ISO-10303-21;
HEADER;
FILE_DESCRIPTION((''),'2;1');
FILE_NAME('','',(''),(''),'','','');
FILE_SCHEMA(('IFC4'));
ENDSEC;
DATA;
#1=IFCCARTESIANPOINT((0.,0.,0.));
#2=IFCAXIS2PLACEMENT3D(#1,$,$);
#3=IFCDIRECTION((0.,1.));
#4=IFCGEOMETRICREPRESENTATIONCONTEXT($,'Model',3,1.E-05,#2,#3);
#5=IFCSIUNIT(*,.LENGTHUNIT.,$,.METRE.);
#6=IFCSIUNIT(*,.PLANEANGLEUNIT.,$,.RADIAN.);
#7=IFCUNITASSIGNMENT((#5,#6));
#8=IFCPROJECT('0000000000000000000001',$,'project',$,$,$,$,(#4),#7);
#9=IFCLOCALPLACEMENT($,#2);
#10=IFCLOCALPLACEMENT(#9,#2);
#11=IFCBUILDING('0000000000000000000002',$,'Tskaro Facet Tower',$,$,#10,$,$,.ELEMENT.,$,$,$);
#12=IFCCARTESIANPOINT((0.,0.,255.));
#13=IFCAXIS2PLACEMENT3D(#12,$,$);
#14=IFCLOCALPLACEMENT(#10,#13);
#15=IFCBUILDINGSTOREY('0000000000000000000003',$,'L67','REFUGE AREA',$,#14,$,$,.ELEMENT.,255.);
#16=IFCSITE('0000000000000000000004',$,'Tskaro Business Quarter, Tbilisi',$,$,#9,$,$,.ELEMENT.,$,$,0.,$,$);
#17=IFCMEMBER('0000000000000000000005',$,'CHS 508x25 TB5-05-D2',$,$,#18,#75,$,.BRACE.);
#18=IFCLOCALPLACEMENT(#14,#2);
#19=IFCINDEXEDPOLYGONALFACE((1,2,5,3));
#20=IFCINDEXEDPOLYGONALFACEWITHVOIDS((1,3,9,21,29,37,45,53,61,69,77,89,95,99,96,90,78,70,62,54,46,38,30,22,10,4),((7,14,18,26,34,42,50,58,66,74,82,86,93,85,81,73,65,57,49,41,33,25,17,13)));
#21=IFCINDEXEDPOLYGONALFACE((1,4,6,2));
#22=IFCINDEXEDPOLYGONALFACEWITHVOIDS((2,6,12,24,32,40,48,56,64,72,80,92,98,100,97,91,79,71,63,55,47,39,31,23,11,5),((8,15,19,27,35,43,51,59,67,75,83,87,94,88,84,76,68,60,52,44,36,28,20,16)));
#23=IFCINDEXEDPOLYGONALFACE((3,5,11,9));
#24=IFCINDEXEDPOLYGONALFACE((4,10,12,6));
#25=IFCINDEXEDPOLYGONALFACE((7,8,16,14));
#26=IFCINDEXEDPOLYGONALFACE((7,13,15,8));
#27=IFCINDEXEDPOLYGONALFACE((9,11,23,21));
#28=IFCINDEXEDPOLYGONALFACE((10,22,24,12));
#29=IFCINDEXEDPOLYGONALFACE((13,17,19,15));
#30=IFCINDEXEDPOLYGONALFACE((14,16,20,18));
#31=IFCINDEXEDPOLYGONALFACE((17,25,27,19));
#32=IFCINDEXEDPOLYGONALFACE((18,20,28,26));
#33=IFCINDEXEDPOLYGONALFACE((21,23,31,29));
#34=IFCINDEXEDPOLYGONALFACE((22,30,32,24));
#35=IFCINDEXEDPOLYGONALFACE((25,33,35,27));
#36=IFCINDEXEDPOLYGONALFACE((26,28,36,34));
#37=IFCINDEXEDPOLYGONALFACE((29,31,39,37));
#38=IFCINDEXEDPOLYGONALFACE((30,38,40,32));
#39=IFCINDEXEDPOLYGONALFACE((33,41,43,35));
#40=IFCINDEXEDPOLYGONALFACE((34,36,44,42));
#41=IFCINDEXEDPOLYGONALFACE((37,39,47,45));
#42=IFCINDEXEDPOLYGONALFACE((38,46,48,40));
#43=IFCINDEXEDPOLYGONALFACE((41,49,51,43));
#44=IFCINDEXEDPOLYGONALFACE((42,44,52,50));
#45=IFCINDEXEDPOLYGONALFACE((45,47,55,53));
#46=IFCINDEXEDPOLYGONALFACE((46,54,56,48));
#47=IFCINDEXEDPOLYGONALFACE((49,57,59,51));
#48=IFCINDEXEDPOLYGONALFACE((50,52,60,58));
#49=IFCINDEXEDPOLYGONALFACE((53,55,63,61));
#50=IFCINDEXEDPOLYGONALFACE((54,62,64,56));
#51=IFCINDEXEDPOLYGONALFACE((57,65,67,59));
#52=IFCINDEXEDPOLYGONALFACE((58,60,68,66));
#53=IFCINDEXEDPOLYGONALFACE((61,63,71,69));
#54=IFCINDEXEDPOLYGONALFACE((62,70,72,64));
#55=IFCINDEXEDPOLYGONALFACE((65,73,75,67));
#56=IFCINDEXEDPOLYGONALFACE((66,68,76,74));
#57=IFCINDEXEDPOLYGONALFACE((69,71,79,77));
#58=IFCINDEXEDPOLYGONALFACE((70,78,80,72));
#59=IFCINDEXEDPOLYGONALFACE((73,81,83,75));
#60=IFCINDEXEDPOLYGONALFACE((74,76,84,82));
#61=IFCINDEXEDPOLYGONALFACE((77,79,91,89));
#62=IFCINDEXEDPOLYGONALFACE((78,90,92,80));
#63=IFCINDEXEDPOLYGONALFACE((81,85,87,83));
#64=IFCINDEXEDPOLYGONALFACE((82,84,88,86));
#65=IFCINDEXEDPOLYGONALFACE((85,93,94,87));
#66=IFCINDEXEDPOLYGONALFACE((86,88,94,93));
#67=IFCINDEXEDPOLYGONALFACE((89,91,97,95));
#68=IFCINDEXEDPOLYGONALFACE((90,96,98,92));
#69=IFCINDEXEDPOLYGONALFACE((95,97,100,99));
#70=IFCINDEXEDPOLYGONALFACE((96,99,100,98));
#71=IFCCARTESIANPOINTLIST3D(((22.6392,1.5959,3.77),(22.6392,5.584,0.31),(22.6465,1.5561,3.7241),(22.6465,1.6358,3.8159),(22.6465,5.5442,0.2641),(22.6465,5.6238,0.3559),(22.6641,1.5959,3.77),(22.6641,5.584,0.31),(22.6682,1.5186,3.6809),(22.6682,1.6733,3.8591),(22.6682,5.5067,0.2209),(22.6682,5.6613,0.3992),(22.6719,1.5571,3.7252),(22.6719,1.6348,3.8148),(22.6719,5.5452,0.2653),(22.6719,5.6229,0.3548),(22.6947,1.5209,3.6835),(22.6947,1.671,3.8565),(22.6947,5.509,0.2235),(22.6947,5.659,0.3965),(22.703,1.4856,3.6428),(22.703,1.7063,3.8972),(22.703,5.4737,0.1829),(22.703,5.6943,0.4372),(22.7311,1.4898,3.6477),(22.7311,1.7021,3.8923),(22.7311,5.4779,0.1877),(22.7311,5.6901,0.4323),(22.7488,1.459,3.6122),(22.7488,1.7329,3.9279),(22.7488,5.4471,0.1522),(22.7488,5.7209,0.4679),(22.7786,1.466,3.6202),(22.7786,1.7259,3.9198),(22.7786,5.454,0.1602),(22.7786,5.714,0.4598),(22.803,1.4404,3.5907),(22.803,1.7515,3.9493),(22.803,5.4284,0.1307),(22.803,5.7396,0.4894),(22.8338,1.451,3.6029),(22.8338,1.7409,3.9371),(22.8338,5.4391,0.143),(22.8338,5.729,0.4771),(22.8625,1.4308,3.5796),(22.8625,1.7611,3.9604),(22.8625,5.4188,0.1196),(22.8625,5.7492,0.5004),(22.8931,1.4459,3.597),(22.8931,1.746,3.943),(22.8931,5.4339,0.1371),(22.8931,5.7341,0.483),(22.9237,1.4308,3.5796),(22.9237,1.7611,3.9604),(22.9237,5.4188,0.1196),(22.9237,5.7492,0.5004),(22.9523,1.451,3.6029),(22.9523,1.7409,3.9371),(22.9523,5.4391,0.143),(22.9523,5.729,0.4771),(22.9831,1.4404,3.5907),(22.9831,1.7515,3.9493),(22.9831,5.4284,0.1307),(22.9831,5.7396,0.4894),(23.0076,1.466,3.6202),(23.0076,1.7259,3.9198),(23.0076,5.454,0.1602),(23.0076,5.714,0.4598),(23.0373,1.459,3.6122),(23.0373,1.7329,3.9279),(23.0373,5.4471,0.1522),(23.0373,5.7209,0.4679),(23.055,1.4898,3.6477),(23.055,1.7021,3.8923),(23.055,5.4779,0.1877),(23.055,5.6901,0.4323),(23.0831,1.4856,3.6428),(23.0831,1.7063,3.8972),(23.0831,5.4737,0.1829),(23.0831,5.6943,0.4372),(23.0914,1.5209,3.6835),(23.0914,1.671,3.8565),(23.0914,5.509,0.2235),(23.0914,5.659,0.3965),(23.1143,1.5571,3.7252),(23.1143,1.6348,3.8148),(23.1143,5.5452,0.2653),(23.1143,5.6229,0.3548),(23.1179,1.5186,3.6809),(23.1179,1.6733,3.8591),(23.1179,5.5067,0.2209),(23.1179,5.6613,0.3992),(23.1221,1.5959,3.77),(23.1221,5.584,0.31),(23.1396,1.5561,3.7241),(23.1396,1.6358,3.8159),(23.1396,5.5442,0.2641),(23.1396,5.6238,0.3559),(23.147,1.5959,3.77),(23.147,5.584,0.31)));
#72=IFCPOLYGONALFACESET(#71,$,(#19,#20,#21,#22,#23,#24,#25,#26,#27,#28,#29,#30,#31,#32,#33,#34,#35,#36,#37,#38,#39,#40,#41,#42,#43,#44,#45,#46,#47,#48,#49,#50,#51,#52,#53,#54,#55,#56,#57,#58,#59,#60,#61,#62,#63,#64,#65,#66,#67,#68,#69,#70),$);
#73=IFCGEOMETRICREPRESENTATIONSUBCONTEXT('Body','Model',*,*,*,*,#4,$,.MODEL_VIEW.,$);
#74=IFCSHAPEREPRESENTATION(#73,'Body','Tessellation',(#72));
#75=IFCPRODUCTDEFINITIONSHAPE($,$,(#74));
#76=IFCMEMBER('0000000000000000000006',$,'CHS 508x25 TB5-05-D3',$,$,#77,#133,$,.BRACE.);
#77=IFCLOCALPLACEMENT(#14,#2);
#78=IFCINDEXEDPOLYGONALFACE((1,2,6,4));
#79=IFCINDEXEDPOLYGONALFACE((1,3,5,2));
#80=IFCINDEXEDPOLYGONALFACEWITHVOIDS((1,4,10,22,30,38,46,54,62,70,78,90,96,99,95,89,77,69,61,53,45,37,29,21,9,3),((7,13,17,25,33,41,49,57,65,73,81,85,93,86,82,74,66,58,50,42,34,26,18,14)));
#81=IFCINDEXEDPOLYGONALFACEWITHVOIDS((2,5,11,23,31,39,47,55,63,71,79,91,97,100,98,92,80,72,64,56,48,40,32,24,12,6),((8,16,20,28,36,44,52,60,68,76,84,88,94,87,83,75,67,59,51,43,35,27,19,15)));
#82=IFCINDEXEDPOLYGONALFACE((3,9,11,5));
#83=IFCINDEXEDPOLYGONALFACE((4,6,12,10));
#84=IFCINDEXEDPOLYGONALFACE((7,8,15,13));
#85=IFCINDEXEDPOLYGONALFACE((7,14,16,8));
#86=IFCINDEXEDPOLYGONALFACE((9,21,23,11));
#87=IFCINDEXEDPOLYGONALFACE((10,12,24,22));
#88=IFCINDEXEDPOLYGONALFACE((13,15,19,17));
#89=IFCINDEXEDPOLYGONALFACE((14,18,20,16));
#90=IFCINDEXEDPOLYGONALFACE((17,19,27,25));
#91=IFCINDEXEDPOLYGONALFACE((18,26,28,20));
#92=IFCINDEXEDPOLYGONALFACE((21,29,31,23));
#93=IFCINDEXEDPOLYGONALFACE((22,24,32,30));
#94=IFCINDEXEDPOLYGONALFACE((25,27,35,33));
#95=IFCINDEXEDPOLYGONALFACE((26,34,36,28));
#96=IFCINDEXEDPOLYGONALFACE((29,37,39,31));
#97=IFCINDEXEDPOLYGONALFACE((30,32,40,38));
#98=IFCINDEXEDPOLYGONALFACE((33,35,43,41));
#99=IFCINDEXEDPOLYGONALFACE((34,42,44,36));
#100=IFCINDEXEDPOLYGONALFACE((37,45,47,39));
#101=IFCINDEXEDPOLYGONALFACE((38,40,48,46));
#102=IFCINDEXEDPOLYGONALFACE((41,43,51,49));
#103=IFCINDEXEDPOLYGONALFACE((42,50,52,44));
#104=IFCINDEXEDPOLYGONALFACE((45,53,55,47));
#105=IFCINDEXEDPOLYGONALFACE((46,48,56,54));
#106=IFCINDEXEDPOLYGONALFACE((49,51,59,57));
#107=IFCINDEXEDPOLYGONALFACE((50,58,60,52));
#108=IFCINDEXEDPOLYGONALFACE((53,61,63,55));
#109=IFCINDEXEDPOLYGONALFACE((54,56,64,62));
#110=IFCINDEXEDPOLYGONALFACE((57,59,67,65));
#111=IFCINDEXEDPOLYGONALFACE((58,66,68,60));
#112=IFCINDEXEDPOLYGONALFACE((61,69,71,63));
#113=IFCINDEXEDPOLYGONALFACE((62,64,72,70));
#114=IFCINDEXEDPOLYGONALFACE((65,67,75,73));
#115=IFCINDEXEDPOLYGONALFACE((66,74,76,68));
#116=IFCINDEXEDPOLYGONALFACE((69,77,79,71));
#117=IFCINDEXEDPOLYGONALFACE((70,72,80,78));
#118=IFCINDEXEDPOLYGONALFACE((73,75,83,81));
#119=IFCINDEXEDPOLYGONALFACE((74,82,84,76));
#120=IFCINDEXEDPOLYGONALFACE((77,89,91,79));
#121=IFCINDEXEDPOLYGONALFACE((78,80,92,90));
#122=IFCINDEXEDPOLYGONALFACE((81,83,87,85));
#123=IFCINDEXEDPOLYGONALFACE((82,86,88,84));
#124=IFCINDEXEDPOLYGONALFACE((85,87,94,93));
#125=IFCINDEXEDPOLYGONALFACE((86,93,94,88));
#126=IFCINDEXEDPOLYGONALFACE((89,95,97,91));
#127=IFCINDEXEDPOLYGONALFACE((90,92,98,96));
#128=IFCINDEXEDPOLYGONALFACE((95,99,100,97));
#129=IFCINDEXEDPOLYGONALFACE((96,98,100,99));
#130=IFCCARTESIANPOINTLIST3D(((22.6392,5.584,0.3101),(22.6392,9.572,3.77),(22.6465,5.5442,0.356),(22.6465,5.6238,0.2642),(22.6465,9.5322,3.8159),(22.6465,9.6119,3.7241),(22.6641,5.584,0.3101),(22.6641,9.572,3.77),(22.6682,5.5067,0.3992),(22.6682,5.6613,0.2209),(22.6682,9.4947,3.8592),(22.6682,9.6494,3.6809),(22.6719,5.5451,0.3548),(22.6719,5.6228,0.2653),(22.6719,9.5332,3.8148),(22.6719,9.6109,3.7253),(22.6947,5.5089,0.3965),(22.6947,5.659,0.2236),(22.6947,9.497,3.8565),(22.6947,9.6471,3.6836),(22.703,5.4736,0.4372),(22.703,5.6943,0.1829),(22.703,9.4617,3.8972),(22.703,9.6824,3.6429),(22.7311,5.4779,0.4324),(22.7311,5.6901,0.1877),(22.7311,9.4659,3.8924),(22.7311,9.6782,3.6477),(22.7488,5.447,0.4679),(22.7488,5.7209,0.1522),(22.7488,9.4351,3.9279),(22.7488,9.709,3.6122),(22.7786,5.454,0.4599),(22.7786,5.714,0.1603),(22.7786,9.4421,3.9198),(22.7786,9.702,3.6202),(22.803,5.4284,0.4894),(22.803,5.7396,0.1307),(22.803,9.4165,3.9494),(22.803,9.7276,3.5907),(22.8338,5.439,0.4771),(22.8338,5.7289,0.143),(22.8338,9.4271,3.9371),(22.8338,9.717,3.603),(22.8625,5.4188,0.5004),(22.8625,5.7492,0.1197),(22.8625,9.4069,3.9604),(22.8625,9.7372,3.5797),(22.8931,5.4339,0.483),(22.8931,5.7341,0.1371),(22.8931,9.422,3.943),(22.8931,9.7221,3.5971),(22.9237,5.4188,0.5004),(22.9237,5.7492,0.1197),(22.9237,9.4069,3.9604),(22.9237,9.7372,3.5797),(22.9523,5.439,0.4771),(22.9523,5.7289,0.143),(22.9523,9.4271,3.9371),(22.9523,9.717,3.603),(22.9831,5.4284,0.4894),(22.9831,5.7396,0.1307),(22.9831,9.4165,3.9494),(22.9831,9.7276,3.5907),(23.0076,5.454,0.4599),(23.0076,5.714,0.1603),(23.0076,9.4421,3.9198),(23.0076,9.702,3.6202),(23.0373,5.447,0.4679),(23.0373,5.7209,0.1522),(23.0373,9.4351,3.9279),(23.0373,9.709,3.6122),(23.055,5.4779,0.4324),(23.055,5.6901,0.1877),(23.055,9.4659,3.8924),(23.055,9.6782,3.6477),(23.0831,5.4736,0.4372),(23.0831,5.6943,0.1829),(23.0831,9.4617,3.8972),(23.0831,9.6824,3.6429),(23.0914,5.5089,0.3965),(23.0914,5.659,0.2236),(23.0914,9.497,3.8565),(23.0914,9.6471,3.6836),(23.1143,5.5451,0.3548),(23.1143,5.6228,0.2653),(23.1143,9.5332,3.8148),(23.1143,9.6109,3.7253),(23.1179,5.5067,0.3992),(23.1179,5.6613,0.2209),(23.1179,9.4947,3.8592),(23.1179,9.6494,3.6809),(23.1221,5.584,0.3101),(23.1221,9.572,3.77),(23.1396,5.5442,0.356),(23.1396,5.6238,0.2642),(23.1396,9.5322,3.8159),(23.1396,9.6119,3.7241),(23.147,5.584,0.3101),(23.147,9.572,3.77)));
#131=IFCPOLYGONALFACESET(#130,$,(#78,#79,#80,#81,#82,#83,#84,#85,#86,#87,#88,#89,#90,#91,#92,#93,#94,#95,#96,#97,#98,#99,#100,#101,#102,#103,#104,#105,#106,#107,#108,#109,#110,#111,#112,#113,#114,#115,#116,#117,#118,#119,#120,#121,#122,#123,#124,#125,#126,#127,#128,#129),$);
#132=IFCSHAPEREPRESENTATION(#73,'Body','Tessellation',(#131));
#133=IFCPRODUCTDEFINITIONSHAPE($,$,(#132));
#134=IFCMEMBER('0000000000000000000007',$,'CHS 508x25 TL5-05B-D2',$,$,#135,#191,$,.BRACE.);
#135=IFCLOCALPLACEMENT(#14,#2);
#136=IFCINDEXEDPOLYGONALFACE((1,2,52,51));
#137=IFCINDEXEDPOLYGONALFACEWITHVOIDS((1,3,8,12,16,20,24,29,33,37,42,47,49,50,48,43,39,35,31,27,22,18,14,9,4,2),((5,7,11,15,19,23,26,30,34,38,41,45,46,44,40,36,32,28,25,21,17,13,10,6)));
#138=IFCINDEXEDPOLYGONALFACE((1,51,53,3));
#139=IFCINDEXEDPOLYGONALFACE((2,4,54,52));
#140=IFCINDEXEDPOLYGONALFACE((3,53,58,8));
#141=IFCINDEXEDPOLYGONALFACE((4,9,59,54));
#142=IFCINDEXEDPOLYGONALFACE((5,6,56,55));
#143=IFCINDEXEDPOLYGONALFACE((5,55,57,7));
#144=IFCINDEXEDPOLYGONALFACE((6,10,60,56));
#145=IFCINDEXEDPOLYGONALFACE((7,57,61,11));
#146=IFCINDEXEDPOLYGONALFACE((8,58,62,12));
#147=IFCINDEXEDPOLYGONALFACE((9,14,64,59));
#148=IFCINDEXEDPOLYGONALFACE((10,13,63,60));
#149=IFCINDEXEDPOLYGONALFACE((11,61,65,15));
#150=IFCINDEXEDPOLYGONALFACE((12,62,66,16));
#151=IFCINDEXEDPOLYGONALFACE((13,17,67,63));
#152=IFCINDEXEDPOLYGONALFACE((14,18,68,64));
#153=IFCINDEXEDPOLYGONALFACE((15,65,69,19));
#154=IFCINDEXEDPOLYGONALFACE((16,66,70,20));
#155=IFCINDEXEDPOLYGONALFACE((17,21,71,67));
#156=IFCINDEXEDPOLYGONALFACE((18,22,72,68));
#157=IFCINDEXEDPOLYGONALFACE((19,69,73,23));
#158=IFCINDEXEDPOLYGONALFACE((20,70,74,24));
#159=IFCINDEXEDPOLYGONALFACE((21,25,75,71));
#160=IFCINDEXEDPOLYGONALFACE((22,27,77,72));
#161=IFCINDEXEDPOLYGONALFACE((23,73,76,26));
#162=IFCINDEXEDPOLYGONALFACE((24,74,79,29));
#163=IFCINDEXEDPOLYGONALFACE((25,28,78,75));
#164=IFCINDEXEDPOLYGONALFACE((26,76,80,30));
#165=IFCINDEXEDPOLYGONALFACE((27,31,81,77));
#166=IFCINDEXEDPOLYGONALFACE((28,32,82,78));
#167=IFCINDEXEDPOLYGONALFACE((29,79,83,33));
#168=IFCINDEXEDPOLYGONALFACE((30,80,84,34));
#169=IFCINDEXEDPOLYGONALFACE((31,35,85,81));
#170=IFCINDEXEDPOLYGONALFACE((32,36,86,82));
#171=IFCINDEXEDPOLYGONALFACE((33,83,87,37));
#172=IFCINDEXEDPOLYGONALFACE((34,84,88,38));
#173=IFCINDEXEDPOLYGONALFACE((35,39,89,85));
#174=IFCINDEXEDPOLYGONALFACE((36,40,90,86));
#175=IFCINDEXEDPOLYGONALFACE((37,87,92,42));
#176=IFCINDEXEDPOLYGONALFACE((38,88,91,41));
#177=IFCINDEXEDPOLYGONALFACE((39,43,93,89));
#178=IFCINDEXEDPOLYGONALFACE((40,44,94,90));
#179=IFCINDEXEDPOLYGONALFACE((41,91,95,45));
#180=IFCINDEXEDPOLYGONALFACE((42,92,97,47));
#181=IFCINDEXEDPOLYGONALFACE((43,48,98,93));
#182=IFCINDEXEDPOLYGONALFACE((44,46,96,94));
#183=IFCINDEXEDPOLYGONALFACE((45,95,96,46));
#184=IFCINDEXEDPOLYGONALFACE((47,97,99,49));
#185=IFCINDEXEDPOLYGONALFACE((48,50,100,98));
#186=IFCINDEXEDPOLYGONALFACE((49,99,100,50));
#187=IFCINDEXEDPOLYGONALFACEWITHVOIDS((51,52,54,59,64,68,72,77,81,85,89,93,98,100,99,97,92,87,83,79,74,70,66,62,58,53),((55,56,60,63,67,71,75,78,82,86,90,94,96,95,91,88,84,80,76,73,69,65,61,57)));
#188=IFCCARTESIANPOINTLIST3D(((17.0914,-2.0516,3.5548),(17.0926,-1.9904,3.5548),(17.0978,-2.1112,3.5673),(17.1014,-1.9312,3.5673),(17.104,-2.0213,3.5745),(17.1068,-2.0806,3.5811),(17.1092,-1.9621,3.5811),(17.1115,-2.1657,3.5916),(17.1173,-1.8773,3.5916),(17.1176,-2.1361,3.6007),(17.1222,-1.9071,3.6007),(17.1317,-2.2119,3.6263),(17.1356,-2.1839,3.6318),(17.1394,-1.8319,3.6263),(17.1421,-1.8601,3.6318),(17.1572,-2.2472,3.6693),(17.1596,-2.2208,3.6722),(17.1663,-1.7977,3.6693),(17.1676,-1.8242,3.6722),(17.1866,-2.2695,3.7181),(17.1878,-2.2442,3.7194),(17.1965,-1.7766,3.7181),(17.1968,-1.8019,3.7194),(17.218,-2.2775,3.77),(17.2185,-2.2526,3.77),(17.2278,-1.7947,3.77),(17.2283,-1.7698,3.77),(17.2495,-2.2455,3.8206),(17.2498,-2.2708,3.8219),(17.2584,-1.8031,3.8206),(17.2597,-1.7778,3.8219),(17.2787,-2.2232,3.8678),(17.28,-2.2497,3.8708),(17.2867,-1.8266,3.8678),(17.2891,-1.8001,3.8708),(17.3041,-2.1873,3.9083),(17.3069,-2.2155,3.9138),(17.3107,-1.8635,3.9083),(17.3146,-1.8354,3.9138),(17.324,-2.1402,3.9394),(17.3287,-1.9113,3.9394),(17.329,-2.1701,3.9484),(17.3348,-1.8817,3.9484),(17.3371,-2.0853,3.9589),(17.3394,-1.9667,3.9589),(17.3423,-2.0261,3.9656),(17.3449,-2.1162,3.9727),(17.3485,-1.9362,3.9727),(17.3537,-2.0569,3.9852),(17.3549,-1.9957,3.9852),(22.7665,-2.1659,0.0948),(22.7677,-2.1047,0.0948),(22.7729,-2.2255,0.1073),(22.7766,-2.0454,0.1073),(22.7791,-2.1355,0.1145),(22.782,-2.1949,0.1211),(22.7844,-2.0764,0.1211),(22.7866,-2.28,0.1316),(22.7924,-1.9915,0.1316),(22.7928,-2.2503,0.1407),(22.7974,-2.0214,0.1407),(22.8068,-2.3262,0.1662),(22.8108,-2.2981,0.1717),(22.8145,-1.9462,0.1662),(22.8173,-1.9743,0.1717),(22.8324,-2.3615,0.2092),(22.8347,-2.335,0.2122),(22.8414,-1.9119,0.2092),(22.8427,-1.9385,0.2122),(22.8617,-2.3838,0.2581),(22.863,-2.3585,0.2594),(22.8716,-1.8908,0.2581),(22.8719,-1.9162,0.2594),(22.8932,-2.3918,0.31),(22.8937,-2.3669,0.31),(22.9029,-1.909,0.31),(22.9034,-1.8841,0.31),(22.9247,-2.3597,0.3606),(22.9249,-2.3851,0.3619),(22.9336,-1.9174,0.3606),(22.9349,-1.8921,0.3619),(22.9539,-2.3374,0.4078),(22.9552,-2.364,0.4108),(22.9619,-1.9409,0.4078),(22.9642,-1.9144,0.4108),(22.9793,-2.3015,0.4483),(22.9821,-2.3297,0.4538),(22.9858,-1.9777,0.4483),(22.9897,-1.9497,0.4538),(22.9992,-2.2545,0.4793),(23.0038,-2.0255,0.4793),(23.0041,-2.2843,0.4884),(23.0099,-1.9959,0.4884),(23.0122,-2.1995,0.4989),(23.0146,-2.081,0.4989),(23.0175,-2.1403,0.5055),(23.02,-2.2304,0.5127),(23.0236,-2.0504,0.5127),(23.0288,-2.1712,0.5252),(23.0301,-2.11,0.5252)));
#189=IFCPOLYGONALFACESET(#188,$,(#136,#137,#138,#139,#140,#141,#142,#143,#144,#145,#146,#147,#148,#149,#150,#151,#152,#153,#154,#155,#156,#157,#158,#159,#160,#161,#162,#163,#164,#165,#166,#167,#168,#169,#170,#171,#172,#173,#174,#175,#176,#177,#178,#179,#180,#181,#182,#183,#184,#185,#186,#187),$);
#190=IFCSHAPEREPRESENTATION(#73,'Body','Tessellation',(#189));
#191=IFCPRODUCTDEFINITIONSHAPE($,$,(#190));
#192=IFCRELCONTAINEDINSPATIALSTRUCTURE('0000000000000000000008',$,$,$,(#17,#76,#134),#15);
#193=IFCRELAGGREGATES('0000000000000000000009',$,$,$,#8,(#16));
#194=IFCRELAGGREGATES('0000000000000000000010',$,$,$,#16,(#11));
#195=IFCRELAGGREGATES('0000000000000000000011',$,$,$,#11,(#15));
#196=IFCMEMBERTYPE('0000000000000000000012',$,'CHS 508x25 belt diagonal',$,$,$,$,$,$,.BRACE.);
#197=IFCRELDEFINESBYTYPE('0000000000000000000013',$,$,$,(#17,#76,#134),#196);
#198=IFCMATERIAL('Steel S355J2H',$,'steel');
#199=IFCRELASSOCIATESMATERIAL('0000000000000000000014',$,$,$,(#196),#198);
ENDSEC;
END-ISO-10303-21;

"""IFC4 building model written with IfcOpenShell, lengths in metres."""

from ifc_helpers import new_model, si_unit, direction, frame, origin, origin_2d, place, context, subcontext, project, spatial, hollow_circle, extrude, material, material_profile, profile_set, type_object, element, save


model = new_model("IFC4")

# Units and contexts
model_context = context("Model", 3, precision=1e-05, world=origin(), true_north=direction((0.0, 1.0)))
body_context = subcontext(model_context, "Body", "Model", "MODEL_VIEW")
ifc_project = project(units=[si_unit("LENGTHUNIT", "METRE"), si_unit("PLANEANGLEUNIT", "RADIAN")], contexts=[model_context])

# Site, building, storey
site_placement = place(None, origin())
site = spatial("IfcSite", under=ifc_project, at=site_placement, Name="Tskaro Business Quarter, Tbilisi", CompositionType="ELEMENT", RefElevation=0.0)
building_placement = place(site_placement, origin())
building = spatial("IfcBuilding", under=site, at=building_placement, Name="Tskaro Facet Tower", CompositionType="ELEMENT")
storey_placement = place(building_placement, frame((0.0, 0.0, 255.0)))
storey = spatial("IfcBuildingStorey", under=building, at=storey_placement, Name="L67", Description="REFUGE AREA", CompositionType="ELEMENT", Elevation=255.0)

# Shared definitions
ifc_material_1 = material(Name="Steel S355J2H", Category="steel")

# Members
ifc_material_profile_1 = material_profile(ifc_material_1, hollow_circle(Radius=0.2539, WallThickness=0.0249, at=origin_2d()), Name="CHS 508x25")
ifc_profile_set_1 = profile_set([ifc_material_profile_1], Name="Steel S355J2H")
member_type_1 = type_object("IfcMemberType", Name="CHS 508x25 belt diagonal", PredefinedType="BRACE", material=ifc_profile_set_1)
for number, where, z_axis, x_axis, name in (
    (1, (22.8931, 1.5959, 3.77), (0.0, 0.755346, -0.655327), (-1.0, 0.0, 0.0), "CHS 508x25 TB5-05-D2"),
    (2, (22.8931, 5.584, 0.3101), (0.0, 0.755346, 0.655327), (-1.0, 0.0, 0.0), "CHS 508x25 TB5-05-D3"),
):
    element("IfcMember", number, at=place(storey_placement, frame(where, z_axis=z_axis, x_axis=x_axis)), inside=storey, type_object=member_type_1, Name=name, PredefinedType="BRACE", context=body_context, shape_type="SweptSolid", body=[
        extrude(hollow_circle(Radius=0.2539, WallThickness=0.0249, at=origin_2d()), origin(), (0.0, 0.0, 1.0), 5.2798),
    ])
member_1_placement = place(storey_placement, frame((17.2231, -2.0237, 3.77), z_axis=(0.853699, -0.017188, -0.520483), x_axis=(0.020129, 0.999797, 0.0)))
element("IfcMember", 3, at=member_1_placement, inside=storey, type_object=member_type_1, Name="CHS 508x25 TL5-05B-D2", PredefinedType="BRACE", context=body_context, shape_type="SweptSolid", body=[
    extrude(hollow_circle(Radius=0.2539, WallThickness=0.0249, at=origin_2d()), origin(), (0.0, 0.0, 1.0), 6.6477),
])

save(model, "model.ifc")
